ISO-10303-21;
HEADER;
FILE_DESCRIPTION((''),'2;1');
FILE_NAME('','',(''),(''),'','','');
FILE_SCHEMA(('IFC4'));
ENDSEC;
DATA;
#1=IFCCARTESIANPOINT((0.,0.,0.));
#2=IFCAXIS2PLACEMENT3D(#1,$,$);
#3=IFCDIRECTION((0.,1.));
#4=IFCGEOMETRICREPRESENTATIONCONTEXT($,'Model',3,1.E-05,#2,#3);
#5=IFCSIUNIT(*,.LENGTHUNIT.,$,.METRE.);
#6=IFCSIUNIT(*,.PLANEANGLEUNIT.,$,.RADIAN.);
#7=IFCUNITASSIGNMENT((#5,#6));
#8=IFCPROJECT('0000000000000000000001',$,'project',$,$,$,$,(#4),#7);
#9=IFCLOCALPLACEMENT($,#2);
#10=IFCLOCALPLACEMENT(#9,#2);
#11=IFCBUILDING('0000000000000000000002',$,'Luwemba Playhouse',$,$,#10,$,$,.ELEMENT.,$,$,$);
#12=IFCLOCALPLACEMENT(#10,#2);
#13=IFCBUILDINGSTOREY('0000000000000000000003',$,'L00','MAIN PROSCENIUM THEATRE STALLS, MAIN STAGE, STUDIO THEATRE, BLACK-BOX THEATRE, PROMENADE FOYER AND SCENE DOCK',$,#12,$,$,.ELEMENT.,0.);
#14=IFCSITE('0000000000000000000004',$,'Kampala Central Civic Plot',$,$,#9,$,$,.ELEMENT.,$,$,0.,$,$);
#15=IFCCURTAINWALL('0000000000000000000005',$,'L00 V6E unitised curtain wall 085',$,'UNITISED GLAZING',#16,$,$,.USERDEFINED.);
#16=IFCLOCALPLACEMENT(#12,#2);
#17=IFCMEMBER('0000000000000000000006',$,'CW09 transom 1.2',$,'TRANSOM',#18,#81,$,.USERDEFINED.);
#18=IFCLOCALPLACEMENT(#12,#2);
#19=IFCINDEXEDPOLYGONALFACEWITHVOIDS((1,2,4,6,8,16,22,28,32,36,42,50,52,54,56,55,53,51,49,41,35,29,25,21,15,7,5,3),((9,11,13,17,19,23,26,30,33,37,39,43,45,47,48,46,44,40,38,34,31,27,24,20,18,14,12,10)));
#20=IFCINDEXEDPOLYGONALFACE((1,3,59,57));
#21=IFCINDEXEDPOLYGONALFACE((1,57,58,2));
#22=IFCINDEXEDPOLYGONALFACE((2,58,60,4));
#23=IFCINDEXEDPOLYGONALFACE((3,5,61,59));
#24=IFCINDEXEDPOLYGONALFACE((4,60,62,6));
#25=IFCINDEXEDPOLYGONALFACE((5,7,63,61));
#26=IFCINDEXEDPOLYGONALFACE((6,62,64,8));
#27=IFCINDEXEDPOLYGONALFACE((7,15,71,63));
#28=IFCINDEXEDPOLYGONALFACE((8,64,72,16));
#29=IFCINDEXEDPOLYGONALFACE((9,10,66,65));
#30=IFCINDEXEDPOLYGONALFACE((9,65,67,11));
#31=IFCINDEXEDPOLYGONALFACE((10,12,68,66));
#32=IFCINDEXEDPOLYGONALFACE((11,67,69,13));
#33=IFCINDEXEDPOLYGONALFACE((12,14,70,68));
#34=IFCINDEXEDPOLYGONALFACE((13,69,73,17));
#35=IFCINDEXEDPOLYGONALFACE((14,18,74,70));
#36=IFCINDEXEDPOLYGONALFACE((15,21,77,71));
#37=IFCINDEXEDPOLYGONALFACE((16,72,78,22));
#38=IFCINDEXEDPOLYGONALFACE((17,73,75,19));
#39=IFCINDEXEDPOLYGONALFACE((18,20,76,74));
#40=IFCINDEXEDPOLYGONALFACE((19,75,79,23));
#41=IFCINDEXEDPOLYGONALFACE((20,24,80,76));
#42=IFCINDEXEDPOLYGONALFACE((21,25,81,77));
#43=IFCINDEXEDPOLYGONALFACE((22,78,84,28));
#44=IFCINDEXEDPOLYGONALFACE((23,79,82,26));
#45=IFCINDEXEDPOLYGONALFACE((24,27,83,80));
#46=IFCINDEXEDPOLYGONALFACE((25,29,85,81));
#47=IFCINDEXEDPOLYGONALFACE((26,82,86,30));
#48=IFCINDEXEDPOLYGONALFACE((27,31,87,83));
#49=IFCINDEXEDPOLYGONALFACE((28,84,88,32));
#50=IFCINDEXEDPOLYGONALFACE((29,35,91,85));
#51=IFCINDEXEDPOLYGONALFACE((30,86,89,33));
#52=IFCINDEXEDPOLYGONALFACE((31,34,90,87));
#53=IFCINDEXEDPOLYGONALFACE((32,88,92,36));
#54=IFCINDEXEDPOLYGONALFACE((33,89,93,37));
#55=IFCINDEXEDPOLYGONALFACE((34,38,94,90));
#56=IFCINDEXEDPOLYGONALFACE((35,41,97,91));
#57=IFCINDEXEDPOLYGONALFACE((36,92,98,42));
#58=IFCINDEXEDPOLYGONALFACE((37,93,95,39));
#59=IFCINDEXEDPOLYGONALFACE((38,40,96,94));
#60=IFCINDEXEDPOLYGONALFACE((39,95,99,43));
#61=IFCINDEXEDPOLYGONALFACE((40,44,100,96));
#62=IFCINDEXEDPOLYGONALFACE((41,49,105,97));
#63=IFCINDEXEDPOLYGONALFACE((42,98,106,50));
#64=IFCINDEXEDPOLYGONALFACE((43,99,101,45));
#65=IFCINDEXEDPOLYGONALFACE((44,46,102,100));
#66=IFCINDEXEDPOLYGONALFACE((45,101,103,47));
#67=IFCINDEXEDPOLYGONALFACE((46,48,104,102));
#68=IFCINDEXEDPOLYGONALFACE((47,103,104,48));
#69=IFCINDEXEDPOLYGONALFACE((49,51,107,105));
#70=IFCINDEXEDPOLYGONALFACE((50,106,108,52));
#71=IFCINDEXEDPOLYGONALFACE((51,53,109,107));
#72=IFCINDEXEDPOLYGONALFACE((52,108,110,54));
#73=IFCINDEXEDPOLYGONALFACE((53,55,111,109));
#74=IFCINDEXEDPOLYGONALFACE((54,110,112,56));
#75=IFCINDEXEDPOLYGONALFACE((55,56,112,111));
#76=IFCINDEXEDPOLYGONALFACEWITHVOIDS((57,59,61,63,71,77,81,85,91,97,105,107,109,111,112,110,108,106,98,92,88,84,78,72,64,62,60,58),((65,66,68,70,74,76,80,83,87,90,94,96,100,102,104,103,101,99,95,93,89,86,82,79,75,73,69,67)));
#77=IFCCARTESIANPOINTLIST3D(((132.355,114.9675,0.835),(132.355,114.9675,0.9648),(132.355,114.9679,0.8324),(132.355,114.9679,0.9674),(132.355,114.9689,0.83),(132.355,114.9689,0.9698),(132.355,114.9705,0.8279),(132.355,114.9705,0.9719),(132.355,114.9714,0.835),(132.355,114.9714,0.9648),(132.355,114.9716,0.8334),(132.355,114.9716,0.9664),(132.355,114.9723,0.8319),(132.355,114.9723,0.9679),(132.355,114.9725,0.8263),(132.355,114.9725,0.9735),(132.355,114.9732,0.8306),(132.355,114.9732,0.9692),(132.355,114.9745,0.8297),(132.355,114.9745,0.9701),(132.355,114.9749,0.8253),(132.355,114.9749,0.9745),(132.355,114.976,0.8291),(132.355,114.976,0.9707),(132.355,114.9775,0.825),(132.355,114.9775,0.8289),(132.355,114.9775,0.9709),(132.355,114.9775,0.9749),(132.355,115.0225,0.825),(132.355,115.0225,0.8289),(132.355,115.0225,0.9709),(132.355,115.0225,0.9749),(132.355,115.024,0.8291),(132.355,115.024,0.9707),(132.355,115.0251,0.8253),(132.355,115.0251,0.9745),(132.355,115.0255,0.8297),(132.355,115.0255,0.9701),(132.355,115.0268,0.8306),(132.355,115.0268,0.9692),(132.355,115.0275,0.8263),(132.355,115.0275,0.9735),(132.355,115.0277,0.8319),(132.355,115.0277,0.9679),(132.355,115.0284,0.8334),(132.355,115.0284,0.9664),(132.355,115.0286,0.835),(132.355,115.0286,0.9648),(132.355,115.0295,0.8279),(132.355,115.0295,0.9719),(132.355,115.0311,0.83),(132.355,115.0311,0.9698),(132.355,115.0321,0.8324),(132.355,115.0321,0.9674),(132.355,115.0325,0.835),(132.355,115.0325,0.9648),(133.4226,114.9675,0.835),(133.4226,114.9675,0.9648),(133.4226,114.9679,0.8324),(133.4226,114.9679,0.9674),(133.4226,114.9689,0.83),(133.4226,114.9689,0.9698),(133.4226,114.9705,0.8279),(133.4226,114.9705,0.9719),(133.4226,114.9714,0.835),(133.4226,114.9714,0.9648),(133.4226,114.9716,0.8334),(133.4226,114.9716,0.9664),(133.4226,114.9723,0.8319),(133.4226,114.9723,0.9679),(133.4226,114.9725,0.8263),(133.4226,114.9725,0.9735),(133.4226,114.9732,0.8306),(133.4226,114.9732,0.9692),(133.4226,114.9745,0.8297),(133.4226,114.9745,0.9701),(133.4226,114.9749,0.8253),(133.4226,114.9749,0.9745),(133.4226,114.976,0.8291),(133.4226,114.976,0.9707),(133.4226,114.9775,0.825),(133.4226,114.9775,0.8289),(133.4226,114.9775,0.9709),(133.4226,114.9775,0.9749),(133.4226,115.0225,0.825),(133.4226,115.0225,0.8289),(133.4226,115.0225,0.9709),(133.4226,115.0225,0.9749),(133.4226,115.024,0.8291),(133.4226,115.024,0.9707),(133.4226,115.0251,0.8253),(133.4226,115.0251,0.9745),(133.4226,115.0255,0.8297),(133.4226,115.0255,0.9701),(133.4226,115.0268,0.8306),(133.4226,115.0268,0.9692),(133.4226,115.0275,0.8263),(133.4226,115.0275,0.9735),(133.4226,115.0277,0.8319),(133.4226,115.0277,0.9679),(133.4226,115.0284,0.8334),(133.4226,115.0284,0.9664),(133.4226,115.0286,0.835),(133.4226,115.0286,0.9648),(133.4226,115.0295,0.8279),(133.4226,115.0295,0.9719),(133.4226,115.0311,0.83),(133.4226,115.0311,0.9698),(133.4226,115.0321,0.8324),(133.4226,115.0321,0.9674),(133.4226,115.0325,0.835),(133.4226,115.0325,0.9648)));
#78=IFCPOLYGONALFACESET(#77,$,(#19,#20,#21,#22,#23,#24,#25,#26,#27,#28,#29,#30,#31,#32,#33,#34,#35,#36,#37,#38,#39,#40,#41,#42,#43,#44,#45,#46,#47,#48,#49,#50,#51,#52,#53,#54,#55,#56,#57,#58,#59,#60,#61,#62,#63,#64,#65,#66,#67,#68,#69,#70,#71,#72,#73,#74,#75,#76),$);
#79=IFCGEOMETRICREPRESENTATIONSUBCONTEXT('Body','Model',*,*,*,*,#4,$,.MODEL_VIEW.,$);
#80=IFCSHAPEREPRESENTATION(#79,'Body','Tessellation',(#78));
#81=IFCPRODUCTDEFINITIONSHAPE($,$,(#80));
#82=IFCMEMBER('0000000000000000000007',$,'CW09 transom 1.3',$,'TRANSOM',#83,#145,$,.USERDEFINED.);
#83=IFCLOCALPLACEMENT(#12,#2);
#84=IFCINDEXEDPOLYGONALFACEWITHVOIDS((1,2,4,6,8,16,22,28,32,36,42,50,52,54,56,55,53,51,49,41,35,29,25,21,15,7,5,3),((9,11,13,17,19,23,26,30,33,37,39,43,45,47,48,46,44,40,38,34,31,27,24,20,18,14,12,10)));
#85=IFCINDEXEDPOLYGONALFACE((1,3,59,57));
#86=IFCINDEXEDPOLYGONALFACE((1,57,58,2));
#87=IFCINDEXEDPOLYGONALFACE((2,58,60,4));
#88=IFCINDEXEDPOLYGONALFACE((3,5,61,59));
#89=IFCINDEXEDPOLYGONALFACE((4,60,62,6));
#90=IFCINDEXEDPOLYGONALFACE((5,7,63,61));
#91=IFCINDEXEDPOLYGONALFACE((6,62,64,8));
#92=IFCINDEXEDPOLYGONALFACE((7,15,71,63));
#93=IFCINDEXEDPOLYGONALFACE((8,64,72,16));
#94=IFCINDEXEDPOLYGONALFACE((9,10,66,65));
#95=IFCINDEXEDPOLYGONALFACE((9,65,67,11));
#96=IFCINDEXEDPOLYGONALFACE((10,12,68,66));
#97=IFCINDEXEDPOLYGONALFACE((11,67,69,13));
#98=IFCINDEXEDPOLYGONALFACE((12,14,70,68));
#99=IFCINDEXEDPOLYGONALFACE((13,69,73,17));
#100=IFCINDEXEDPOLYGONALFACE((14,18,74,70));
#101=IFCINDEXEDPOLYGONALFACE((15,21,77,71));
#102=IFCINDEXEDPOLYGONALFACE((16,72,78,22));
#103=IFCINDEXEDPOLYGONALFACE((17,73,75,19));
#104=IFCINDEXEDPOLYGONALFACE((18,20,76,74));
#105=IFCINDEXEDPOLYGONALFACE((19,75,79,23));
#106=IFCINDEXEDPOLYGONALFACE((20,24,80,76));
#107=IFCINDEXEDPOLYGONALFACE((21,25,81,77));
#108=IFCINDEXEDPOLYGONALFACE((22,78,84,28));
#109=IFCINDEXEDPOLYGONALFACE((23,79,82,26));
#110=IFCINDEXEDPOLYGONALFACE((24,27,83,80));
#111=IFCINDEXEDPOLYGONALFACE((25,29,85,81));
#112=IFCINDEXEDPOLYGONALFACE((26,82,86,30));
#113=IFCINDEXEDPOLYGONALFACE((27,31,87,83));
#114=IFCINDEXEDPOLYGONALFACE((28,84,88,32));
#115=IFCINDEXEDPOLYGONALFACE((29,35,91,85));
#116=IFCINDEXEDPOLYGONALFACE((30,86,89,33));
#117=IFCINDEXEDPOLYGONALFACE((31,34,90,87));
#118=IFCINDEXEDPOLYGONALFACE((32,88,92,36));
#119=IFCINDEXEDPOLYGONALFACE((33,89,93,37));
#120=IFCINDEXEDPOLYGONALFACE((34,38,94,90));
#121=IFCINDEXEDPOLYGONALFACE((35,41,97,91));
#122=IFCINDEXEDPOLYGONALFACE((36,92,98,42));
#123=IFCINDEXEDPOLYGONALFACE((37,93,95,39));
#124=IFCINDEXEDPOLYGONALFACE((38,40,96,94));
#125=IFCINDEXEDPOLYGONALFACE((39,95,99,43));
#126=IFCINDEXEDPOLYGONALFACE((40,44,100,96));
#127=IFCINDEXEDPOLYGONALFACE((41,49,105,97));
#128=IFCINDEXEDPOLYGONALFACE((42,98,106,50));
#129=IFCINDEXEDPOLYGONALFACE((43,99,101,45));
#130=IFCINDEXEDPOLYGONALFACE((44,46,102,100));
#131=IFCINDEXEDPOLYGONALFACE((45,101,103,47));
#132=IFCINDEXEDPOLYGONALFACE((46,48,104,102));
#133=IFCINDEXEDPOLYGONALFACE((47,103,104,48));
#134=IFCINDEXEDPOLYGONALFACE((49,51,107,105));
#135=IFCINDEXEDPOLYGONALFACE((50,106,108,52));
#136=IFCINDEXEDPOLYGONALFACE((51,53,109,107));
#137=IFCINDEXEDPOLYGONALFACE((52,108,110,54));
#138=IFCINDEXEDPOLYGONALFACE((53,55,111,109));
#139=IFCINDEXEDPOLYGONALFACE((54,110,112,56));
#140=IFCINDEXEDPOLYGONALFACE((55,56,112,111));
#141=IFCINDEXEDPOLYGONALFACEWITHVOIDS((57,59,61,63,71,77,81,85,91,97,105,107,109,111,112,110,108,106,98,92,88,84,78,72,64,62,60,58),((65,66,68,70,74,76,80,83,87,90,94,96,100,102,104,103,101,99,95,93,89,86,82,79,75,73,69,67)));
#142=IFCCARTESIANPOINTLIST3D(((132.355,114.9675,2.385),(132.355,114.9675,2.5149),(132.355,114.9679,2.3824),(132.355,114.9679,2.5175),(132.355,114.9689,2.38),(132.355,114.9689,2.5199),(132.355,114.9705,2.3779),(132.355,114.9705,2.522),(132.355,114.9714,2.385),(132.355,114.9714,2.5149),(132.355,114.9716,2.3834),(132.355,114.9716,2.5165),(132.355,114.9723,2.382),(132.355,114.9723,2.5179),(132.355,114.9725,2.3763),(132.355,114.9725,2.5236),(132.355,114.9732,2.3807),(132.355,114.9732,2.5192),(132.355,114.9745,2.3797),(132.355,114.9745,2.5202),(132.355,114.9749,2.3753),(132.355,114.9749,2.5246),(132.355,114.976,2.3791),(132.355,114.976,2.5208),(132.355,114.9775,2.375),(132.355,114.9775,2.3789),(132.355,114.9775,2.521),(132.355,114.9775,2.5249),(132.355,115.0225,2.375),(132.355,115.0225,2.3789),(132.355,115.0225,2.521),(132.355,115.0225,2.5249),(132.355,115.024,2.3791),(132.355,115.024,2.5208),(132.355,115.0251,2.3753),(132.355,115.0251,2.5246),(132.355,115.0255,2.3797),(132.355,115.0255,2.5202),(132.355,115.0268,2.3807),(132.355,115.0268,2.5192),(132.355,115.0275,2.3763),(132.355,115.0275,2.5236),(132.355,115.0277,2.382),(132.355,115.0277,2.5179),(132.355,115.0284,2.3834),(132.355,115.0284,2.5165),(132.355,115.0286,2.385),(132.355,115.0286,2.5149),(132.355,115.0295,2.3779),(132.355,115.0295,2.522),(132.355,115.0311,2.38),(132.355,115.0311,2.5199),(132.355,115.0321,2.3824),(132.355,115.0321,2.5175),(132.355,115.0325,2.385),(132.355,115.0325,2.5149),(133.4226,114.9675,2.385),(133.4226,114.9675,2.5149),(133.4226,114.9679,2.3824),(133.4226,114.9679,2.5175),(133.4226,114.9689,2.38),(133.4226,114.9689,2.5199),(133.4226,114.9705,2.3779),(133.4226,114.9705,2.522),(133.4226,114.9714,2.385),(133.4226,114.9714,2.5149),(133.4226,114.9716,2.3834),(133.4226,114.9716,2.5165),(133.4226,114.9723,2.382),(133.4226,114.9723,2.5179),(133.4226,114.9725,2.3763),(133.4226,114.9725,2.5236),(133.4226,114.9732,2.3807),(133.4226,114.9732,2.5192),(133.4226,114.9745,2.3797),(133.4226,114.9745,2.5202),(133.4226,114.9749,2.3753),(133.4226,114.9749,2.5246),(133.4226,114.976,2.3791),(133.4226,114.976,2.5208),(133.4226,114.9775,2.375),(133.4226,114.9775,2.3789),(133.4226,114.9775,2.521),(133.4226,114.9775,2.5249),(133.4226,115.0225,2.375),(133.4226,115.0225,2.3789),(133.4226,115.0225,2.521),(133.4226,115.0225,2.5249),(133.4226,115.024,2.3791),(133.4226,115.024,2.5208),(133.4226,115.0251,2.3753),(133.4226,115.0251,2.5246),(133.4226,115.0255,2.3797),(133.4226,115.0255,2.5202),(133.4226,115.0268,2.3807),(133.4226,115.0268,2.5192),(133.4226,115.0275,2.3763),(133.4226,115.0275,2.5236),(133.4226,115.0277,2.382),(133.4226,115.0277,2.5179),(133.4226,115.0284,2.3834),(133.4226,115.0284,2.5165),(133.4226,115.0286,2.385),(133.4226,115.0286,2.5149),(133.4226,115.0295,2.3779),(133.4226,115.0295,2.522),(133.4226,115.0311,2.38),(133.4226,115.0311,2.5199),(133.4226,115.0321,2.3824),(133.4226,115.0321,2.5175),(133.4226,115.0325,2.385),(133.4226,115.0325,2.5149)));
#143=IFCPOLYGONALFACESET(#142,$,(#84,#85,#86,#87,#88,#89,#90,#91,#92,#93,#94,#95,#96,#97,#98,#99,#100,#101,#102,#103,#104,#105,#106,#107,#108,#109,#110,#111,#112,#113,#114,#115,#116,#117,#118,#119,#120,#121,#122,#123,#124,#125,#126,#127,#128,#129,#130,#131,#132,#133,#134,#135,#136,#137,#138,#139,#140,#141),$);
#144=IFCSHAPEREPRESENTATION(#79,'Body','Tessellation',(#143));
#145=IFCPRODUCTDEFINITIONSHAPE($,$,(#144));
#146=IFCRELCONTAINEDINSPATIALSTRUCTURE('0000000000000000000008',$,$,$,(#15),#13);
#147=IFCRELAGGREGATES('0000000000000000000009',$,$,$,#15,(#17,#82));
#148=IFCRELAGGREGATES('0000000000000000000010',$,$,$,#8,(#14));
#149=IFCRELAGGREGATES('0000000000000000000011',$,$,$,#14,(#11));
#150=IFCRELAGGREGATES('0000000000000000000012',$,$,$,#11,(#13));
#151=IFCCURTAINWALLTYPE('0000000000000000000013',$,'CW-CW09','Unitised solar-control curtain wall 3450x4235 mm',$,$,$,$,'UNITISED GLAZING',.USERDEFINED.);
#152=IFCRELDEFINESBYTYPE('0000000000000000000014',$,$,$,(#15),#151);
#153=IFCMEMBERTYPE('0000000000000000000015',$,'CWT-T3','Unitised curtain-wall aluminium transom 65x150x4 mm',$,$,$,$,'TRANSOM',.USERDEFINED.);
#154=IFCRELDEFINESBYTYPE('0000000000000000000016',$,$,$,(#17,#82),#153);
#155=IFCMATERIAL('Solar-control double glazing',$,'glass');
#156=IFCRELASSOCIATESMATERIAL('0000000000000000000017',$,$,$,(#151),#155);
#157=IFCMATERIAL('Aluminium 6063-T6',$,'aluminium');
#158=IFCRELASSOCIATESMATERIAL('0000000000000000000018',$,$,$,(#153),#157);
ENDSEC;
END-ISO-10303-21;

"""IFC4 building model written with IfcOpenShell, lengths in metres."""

from ifc_helpers import new_model, si_unit, direction, frame, origin, origin_2d, place, context, subcontext, project, spatial, hollow_rectangle, extrude, material, material_profile, profile_set, type_object, element, aggregate, save


model = new_model("IFC4")

# Units and contexts
model_context = context("Model", 3, precision=1e-05, world=origin(), true_north=direction((0.0, 1.0)))
body_context = subcontext(model_context, "Body", "Model", "MODEL_VIEW")
ifc_project = project(units=[si_unit("LENGTHUNIT", "METRE"), si_unit("PLANEANGLEUNIT", "RADIAN")], contexts=[model_context])

# Site, building, storey
site_placement = place(None, origin())
site = spatial("IfcSite", under=ifc_project, at=site_placement, Name="Kampala Central Civic Plot", CompositionType="ELEMENT", RefElevation=0.0)
building_placement = place(site_placement, origin())
building = spatial("IfcBuilding", under=site, at=building_placement, Name="Luwemba Playhouse", CompositionType="ELEMENT")
storey_placement = place(building_placement, origin())
storey = spatial("IfcBuildingStorey", under=building, at=storey_placement, Name="L00", Description="MAIN PROSCENIUM THEATRE STALLS, MAIN STAGE, STUDIO THEATRE, BLACK-BOX THEATRE, PROMENADE FOYER AND SCENE DOCK", CompositionType="ELEMENT", Elevation=0.0)

# Curtain wall, members
ifc_material_1 = material(Name="Solar-control double glazing", Category="glass")
curtain_wall_type = type_object("IfcCurtainWallType", Name="CW-CW09", Description="Unitised solar-control curtain wall 3450x4235 mm", ElementType="UNITISED GLAZING", PredefinedType="USERDEFINED", material=ifc_material_1)
curtain_wall_placement = place(storey_placement, origin())
curtain_wall = element("IfcCurtainWall", 1, at=curtain_wall_placement, inside=storey, type_object=curtain_wall_type, Name="L00 V6E unitised curtain wall 085", ObjectType="UNITISED GLAZING", PredefinedType="USERDEFINED")
ifc_material_2 = material(Name="Aluminium 6063-T6", Category="aluminium")
ifc_material_profile_1 = material_profile(ifc_material_2, hollow_rectangle(XDim=0.0649, YDim=0.1499, WallThickness=0.0039, InnerFilletRadius=0.0061, OuterFilletRadius=0.01, at=origin_2d()))
ifc_profile_set_1 = profile_set([ifc_material_profile_1], Name="Aluminium 6063-T6")
member_type_1 = type_object("IfcMemberType", Name="CWT-T3", Description="Unitised curtain-wall aluminium transom 65x150x4 mm", ElementType="TRANSOM", PredefinedType="USERDEFINED", material=ifc_profile_set_1)
member_1_placement = place(storey_placement, frame((132.355, 115.0, 0.8999), z_axis=(1.0, 0.0, 0.0), x_axis=(0.0, 1.0, 0.0)))
member_1 = element("IfcMember", 2, at=member_1_placement, type_object=member_type_1, Name="CW09 transom 1.2", ObjectType="TRANSOM", PredefinedType="USERDEFINED", context=body_context, shape_type="SweptSolid", body=[
    extrude(hollow_rectangle(XDim=0.0649, YDim=0.1499, WallThickness=0.0039, InnerFilletRadius=0.0061, OuterFilletRadius=0.01, at=origin_2d()), origin(), (0.0, 0.0, 1.0), 1.0676),
])
member_2_placement = place(storey_placement, frame((132.355, 115.0, 2.45), z_axis=(1.0, 0.0, 0.0), x_axis=(0.0, 1.0, 0.0)))
member_2 = element("IfcMember", 3, at=member_2_placement, type_object=member_type_1, Name="CW09 transom 1.3", ObjectType="TRANSOM", PredefinedType="USERDEFINED", context=body_context, shape_type="SweptSolid", body=[
    extrude(hollow_rectangle(XDim=0.0649, YDim=0.1499, WallThickness=0.0039, InnerFilletRadius=0.0061, OuterFilletRadius=0.01, at=origin_2d()), origin(), (0.0, 0.0, 1.0), 1.0676),
])
aggregate(curtain_wall, [member_1, member_2])

save(model, "model.ifc")
